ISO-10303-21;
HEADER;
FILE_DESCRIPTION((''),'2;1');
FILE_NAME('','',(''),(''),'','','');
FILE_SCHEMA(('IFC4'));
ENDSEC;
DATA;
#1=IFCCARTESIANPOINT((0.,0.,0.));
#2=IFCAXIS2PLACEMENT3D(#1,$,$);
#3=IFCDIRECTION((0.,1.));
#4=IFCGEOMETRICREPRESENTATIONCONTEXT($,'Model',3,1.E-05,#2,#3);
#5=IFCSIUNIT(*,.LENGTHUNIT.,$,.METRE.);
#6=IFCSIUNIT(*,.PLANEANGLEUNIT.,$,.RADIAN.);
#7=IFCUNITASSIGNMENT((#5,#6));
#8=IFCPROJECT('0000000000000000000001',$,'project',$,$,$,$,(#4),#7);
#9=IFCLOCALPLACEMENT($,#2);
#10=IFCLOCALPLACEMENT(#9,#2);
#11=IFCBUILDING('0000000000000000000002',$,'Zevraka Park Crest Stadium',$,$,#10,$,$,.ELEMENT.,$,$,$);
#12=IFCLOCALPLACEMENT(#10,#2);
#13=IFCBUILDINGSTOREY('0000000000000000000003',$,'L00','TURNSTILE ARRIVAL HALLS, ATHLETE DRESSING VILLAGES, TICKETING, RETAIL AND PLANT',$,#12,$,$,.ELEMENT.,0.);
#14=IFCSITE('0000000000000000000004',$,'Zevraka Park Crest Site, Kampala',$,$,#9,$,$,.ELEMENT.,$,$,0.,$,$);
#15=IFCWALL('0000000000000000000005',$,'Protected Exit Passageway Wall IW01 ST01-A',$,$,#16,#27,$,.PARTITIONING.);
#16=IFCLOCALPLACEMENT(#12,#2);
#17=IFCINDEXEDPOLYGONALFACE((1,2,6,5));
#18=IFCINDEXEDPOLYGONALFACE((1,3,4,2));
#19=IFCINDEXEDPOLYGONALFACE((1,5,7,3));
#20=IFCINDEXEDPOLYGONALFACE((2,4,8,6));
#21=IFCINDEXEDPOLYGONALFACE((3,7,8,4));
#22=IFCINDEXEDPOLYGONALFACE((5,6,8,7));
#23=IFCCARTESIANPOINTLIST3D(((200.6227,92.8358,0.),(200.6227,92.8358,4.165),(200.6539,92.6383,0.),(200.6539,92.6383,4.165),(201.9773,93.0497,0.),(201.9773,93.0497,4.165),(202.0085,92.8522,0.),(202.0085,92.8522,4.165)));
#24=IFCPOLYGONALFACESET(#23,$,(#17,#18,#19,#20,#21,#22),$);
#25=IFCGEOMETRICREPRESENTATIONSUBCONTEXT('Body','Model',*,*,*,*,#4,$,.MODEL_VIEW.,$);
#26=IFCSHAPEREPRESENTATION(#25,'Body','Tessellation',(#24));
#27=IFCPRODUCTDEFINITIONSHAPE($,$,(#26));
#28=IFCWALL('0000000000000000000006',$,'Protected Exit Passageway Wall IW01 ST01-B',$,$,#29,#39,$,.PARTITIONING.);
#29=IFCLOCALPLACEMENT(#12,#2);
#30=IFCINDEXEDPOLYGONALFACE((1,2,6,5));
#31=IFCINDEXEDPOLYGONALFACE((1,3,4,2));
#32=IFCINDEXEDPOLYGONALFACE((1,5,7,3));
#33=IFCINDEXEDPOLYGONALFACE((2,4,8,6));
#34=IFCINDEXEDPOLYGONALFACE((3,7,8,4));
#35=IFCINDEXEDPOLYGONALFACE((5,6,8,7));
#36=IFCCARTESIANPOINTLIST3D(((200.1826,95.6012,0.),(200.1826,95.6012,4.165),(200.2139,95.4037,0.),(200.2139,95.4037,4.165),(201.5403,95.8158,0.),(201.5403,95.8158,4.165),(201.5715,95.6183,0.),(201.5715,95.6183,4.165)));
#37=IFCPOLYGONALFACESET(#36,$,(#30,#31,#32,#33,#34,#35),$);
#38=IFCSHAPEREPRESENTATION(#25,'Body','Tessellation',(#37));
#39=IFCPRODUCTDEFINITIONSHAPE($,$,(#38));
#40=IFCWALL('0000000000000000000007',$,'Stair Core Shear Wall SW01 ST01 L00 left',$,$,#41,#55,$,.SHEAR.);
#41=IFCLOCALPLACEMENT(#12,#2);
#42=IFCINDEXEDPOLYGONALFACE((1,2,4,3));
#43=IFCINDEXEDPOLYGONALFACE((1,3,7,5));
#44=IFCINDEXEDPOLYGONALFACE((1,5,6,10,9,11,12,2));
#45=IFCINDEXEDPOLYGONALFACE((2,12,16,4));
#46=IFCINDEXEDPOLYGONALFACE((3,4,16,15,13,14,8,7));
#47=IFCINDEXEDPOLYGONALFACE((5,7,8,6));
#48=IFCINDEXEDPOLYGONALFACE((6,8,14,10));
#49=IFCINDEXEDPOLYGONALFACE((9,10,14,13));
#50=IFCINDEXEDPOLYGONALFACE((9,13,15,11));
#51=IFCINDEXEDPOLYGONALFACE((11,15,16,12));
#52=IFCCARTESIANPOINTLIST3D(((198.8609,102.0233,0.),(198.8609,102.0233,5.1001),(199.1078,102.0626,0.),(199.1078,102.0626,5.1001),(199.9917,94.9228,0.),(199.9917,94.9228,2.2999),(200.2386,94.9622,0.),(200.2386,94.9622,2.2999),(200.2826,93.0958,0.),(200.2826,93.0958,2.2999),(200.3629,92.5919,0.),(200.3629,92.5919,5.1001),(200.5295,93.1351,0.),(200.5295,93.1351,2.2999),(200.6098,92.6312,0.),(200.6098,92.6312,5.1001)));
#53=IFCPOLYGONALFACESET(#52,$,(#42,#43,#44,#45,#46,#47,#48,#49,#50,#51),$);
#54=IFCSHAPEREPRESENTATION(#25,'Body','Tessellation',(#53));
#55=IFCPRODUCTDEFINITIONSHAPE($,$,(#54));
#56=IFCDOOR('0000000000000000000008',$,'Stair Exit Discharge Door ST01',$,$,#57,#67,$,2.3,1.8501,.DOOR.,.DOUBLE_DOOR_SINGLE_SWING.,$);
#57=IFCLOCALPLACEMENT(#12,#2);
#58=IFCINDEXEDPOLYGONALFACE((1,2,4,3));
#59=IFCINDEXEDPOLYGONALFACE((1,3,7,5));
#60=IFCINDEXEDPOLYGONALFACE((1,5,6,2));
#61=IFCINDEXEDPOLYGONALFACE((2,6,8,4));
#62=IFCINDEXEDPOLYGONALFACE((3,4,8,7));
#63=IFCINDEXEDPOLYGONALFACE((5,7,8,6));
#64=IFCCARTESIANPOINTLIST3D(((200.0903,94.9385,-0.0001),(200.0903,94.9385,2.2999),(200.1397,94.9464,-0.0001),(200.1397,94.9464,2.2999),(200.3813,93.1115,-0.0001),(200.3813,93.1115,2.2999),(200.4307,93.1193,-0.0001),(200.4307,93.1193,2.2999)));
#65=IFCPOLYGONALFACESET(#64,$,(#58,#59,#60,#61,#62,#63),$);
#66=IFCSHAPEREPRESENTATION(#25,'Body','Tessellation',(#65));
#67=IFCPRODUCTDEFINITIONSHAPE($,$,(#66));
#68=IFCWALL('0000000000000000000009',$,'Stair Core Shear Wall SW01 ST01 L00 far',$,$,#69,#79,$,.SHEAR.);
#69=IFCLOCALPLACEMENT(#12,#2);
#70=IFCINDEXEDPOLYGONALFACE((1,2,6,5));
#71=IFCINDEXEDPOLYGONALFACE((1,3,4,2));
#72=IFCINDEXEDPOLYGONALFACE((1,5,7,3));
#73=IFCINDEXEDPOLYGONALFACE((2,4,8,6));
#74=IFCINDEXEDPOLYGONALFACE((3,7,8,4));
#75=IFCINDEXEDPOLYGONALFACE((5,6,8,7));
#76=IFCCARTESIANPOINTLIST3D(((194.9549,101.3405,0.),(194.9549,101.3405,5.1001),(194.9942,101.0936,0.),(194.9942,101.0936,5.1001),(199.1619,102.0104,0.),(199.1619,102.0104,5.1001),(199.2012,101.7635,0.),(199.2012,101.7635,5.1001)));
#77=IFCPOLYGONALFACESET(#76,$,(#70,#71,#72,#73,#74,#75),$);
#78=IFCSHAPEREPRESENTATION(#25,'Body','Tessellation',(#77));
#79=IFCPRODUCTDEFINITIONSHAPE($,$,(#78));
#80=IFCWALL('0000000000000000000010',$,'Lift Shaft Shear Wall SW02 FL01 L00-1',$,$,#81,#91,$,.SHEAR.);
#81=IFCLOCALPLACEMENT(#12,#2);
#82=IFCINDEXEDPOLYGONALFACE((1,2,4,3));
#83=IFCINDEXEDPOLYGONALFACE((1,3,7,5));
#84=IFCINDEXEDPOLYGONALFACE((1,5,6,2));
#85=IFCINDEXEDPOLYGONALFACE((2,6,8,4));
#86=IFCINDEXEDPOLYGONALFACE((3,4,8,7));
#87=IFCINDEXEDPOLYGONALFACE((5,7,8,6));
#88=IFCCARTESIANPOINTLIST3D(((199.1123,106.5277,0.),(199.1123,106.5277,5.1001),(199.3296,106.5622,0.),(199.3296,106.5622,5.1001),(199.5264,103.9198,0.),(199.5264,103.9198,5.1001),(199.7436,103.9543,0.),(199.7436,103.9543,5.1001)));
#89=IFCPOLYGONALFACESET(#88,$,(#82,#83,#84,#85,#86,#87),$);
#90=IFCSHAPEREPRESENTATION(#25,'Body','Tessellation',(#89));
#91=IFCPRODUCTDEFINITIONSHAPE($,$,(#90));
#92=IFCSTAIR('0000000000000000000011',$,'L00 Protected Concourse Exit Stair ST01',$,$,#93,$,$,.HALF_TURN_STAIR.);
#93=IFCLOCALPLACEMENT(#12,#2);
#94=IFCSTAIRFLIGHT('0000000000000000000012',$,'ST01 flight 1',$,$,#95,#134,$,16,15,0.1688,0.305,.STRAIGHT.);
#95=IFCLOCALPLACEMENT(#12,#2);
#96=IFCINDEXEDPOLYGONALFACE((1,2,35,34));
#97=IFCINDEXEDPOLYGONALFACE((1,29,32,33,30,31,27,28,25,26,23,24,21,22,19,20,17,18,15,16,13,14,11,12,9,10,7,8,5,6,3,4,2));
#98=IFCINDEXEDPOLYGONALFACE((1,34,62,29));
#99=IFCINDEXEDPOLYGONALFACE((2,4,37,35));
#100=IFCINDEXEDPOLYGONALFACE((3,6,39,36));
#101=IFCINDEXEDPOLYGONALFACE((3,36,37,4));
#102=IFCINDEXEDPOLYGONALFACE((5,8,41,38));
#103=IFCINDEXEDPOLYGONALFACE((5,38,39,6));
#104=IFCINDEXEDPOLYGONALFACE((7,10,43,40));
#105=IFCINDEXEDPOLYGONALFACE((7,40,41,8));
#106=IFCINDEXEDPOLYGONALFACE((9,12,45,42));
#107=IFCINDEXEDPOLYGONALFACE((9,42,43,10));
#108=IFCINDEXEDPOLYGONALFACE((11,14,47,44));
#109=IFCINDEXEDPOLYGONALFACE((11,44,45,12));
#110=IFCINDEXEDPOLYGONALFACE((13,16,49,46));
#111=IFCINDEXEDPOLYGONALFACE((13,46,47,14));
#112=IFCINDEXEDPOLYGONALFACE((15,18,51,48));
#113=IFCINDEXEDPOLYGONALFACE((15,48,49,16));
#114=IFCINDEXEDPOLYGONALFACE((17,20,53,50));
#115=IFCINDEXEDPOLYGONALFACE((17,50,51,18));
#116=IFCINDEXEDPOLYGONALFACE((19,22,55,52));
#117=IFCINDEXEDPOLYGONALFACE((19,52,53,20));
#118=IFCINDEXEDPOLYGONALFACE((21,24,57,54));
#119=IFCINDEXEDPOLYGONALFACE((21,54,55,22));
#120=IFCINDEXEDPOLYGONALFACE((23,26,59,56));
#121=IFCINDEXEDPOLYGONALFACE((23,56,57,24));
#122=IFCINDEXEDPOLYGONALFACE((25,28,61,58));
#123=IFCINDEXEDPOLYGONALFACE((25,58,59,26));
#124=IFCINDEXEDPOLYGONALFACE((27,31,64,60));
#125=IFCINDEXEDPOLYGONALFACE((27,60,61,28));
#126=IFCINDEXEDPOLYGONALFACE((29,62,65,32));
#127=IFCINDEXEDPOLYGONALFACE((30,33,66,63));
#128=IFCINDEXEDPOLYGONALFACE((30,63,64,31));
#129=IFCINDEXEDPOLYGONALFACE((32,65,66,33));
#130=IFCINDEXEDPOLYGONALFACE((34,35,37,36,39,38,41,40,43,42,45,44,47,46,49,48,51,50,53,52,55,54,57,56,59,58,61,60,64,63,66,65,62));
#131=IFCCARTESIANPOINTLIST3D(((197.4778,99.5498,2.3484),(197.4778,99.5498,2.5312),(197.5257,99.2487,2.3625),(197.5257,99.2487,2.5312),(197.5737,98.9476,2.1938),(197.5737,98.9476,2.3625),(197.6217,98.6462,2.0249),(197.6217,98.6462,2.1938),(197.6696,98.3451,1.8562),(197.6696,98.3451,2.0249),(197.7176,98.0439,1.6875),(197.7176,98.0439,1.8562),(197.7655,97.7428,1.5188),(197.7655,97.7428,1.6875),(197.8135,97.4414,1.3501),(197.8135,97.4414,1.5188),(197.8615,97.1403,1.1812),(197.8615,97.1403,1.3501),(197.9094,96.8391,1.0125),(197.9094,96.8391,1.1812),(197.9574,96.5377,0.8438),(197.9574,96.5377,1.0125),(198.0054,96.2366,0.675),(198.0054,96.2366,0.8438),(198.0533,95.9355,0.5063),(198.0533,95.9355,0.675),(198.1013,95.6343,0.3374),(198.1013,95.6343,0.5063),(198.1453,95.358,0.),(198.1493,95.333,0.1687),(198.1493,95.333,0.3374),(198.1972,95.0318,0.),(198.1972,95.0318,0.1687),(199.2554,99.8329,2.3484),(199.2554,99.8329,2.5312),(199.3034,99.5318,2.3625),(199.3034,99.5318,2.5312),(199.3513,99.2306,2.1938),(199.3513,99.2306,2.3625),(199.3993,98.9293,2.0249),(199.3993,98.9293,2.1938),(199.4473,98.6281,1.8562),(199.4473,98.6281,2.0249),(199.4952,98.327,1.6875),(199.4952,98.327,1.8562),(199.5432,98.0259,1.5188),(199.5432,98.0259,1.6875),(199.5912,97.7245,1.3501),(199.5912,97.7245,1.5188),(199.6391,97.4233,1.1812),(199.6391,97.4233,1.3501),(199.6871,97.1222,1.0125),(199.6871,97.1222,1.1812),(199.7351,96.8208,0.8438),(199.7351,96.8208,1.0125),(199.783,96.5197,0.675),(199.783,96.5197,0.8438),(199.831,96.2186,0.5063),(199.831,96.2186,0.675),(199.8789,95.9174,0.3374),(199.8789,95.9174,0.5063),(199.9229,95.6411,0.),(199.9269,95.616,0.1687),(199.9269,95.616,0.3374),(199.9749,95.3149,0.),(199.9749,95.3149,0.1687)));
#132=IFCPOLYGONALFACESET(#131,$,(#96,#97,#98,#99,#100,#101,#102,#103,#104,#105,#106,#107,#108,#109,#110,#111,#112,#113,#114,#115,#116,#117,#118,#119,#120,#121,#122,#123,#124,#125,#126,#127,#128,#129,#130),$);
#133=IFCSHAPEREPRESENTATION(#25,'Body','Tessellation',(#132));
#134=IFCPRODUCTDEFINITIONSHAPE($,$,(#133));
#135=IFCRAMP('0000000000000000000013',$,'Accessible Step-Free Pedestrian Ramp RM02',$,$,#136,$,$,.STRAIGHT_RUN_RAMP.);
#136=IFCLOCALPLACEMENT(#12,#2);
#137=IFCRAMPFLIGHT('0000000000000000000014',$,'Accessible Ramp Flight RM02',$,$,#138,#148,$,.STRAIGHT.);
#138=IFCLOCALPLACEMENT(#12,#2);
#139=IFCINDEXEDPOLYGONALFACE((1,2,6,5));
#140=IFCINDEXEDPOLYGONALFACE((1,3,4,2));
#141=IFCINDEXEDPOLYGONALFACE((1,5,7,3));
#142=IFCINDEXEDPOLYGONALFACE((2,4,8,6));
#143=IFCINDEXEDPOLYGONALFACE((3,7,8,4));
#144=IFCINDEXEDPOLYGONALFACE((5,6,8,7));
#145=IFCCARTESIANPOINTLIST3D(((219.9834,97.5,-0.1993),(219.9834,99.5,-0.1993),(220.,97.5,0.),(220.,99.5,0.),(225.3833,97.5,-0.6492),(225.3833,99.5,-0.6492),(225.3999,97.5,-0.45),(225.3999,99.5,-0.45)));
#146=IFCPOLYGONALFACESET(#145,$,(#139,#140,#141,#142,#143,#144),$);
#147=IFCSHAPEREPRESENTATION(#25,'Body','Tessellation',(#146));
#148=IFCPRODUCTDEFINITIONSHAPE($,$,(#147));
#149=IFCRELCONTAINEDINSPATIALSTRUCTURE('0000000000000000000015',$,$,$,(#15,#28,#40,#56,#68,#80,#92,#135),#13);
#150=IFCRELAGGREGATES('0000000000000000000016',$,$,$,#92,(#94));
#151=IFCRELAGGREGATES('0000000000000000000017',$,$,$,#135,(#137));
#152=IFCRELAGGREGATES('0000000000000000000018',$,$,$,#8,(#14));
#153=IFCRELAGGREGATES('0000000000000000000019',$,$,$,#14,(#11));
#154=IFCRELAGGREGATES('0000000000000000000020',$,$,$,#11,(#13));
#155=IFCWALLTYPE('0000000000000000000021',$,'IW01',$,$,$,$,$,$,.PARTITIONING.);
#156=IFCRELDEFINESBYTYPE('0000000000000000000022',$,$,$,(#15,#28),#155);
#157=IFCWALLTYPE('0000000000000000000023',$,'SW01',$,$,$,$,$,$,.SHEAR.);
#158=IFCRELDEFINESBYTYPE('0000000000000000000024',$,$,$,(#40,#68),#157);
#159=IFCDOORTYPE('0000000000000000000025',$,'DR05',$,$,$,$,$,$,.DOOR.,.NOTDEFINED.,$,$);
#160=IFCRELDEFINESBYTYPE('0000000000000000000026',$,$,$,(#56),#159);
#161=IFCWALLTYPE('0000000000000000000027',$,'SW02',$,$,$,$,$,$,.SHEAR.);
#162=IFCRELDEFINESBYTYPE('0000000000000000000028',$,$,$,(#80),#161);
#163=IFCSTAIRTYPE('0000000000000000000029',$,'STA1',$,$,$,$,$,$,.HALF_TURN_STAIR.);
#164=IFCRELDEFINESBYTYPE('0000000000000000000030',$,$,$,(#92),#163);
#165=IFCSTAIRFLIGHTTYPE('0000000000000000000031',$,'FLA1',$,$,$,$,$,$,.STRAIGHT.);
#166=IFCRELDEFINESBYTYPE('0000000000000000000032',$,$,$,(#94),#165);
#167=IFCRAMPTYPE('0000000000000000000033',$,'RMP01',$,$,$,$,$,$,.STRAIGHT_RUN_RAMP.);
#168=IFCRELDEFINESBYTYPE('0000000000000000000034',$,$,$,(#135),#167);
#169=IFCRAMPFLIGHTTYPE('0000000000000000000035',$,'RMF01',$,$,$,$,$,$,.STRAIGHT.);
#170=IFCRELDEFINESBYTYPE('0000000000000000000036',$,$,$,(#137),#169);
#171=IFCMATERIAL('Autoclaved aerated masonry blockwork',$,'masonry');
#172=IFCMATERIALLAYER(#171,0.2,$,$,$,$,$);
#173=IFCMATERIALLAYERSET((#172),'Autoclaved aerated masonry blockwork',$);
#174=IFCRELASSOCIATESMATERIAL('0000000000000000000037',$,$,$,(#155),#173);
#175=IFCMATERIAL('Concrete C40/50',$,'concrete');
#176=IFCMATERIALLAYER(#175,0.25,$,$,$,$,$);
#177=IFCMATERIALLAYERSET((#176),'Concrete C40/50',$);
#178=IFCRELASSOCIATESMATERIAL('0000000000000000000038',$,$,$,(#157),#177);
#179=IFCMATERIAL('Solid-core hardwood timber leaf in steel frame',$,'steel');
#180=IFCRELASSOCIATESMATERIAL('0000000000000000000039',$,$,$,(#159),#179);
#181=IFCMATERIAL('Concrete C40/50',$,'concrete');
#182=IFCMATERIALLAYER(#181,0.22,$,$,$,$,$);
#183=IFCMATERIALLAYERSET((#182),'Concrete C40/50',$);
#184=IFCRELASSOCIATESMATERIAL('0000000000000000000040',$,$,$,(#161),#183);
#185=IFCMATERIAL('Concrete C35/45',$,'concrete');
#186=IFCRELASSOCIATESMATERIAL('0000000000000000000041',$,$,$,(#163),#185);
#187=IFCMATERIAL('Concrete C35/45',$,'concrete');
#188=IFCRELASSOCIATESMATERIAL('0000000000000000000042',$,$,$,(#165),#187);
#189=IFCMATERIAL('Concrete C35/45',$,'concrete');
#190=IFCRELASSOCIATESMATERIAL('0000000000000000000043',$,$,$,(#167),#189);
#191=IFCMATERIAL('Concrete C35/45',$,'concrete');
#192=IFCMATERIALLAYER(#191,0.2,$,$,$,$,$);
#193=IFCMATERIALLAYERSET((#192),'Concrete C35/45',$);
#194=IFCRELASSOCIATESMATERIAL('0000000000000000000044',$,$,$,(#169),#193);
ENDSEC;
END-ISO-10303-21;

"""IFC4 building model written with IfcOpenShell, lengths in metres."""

from ifc_helpers import new_model, si_unit, direction, frame, frame_2d, origin, place, context, subcontext, project, spatial, polyline, rectangle, outline, extrude, material, layer, layer_set, type_object, element, fill, aggregate, save


model = new_model("IFC4")

# Units and contexts
model_context = context("Model", 3, precision=1e-05, world=origin(), true_north=direction((0.0, 1.0)))
body_context = subcontext(model_context, "Body", "Model", "MODEL_VIEW")
ifc_project = project(units=[si_unit("LENGTHUNIT", "METRE"), si_unit("PLANEANGLEUNIT", "RADIAN")], contexts=[model_context])

# Site, building, storey
site_placement = place(None, origin())
site = spatial("IfcSite", under=ifc_project, at=site_placement, Name="Zevraka Park Crest Site, Kampala", CompositionType="ELEMENT", RefElevation=0.0)
building_placement = place(site_placement, origin())
building = spatial("IfcBuilding", under=site, at=building_placement, Name="Zevraka Park Crest Stadium", CompositionType="ELEMENT")
storey_placement = place(building_placement, origin())
storey = spatial("IfcBuildingStorey", under=building, at=storey_placement, Name="L00", Description="TURNSTILE ARRIVAL HALLS, ATHLETE DRESSING VILLAGES, TICKETING, RETAIL AND PLANT", CompositionType="ELEMENT", Elevation=0.0)

# Walls
ifc_material_1 = material(Name="Autoclaved aerated masonry blockwork", Category="masonry")
ifc_layer_1 = layer(ifc_material_1, 0.2)
ifc_layer_set_1 = layer_set([ifc_layer_1], Name="Autoclaved aerated masonry blockwork")
wall_type_1 = type_object("IfcWallType", Name="IW01", PredefinedType="PARTITIONING", material=ifc_layer_set_1)
wall_1_placement = place(storey_placement, frame((200.6384, 92.7371, 0.0), z_axis=(0.0, 0.0, 1.0), x_axis=(0.987763, 0.155963, 0.0)))
element("IfcWall", 1, at=wall_1_placement, inside=storey, type_object=wall_type_1, Name="Protected Exit Passageway Wall IW01 ST01-A", PredefinedType="PARTITIONING", context=body_context, shape_type="SweptSolid", body=[
    extrude(rectangle(XDim=1.3713, YDim=0.2, at=frame_2d((0.6855, 0.0))), origin(), (0.0, 0.0, 1.0), 4.165),
])
wall_2_placement = place(storey_placement, frame((200.1982, 95.5024, 0.0), z_axis=(0.0, 0.0, 1.0), x_axis=(0.987737, 0.156127, 0.0)))
element("IfcWall", 2, at=wall_2_placement, inside=storey, type_object=wall_type_1, Name="Protected Exit Passageway Wall IW01 ST01-B", PredefinedType="PARTITIONING", context=body_context, shape_type="SweptSolid", body=[
    extrude(rectangle(XDim=1.3745, YDim=0.2, at=frame_2d((0.6873, 0.0))), origin(), (0.0, 0.0, 1.0), 4.165),
])

# Wall, opening, door
ifc_material_2 = material(Name="Concrete C40/50", Category="concrete")
ifc_layer_2 = layer(ifc_material_2, 0.25)
ifc_layer_set_2 = layer_set([ifc_layer_2], Name="Concrete C40/50")
wall_type_2 = type_object("IfcWallType", Name="SW01", PredefinedType="SHEAR", material=ifc_layer_set_2)
wall_3_placement = place(storey_placement, frame((198.9844, 102.043, 0.0), z_axis=(0.0, 0.0, 1.0), x_axis=(0.157269, -0.987556, 0.0)))
wall_3 = element("IfcWall", 3, at=wall_3_placement, inside=storey, type_object=wall_type_2, Name="Stair Core Shear Wall SW01 ST01 L00 left", PredefinedType="SHEAR", context=body_context, shape_type="SweptSolid", body=[
    extrude(rectangle(XDim=9.5503, YDim=0.25, at=frame_2d((4.7751, 0.0))), origin(), (0.0, 0.0, 1.0), 5.1001),
])
opening_1_placement = place(wall_3_placement, frame((7.1899, 0.0, 0.0)))
opening_1 = element("IfcOpeningElement", 4, at=opening_1_placement, cuts=wall_3, PredefinedType="OPENING", context=body_context, shape_type="SweptSolid", body=[
    extrude(rectangle(XDim=1.8501, YDim=2.3, at=frame_2d((0.925, 1.1499))), frame((0.0, 0.135, 0.0), z_axis=(0.0, -1.0, 0.0), x_axis=(1.0, 0.0, 0.0)), (0.0, 0.0, 1.0), 0.27),
])
ifc_material_3 = material(Name="Solid-core hardwood timber leaf in steel frame", Category="steel")
door_type_1 = type_object("IfcDoorType", Name="DR05", OperationType="NOTDEFINED", PredefinedType="DOOR", material=ifc_material_3)
door_1_placement = place(opening_1_placement, origin())
door_1 = element("IfcDoor", 5, at=door_1_placement, inside=storey, type_object=door_type_1, Name="Stair Exit Discharge Door ST01", OperationType="DOUBLE_DOOR_SINGLE_SWING", OverallHeight=2.3, OverallWidth=1.8501, PredefinedType="DOOR", context=body_context, shape_type="SweptSolid", body=[
    extrude(rectangle(XDim=1.8501, YDim=2.3, at=frame_2d((0.925, 1.1499))), frame((0.0, 0.0249, 0.0), z_axis=(0.0, -1.0, 0.0), x_axis=(1.0, 0.0, 0.0)), (0.0, 0.0, 1.0), 0.05),
])
fill(opening_1, door_1)

# Walls
wall_4_placement = place(storey_placement, frame((199.1814, 101.887, 0.0), z_axis=(0.0, 0.0, 1.0), x_axis=(-0.987558, -0.157257, 0.0)))
element("IfcWall", 6, at=wall_4_placement, inside=storey, type_object=wall_type_2, Name="Stair Core Shear Wall SW01 ST01 L00 far", PredefinedType="SHEAR", context=body_context, shape_type="SweptSolid", body=[
    extrude(rectangle(XDim=4.26, YDim=0.25, at=frame_2d((2.1299, 0.0))), origin(), (0.0, 0.0, 1.0), 5.1001),
])
ifc_material_4 = material(Name="Concrete C40/50", Category="concrete")
ifc_layer_3 = layer(ifc_material_4, 0.22)
ifc_layer_set_3 = layer_set([ifc_layer_3], Name="Concrete C40/50")
wall_type_3 = type_object("IfcWallType", Name="SW02", PredefinedType="SHEAR", material=ifc_layer_set_3)
wall_5_placement = place(storey_placement, frame((199.635, 103.937, 0.0), z_axis=(0.0, 0.0, 1.0), x_axis=(-0.156808, 0.987629, 0.0)))
element("IfcWall", 7, at=wall_5_placement, inside=storey, type_object=wall_type_3, Name="Lift Shaft Shear Wall SW02 FL01 L00-1", PredefinedType="SHEAR", context=body_context, shape_type="SweptSolid", body=[
    extrude(rectangle(XDim=2.6406, YDim=0.22, at=frame_2d((1.3203, 0.0))), origin(), (0.0, 0.0, 1.0), 5.1001),
])

# Stair, stair flight
ifc_material_5 = material(Name="Concrete C35/45", Category="concrete")
stair_type = type_object("IfcStairType", Name="STA1", PredefinedType="HALF_TURN_STAIR", material=ifc_material_5)
stair_placement = place(storey_placement, origin())
stair = element("IfcStair", 8, at=stair_placement, inside=storey, type_object=stair_type, Name="L00 Protected Concourse Exit Stair ST01", PredefinedType="HALF_TURN_STAIR")
ifc_material_6 = material(Name="Concrete C35/45", Category="concrete")
stair_flight_type = type_object("IfcStairFlightType", Name="FLA1", PredefinedType="STRAIGHT", material=ifc_material_6)
stair_flight_placement = place(storey_placement, frame((199.0859, 95.1733, 0.0), z_axis=(0.0, 0.0, 1.0), x_axis=(-0.157262, 0.987557, 0.0)))
stair_flight = element("IfcStairFlight", 9, at=stair_flight_placement, type_object=stair_flight_type, Name="ST01 flight 1", NumberOfRisers=16, NumberOfTreads=15, PredefinedType="STRAIGHT", RiserHeight=0.1688, TreadLength=0.305, context=body_context, shape_type="SweptSolid", body=[
    extrude(outline(polyline([(0.0, 0.0), (0.0, 0.1687), (0.3049, 0.1687), (0.3049, 0.3374), (0.6101, 0.3374), (0.6101, 0.5063), (0.915, 0.5063), (0.915, 0.675), (1.22, 0.675), (1.22, 0.8438), (1.5249, 0.8438), (1.5249, 1.0125), (1.8301, 1.0125), (1.8301, 1.1812), (2.135, 1.1812), (2.135, 1.3501), (2.4399, 1.3501), (2.4399, 1.5188), (2.7451, 1.5188), (2.7451, 1.6875), (3.05, 1.6875), (3.05, 1.8562), (3.355, 1.8562), (3.355, 2.0249), (3.6599, 2.0249), (3.6599, 2.1938), (3.9651, 2.1938), (3.9651, 2.3625), (4.27, 2.3625), (4.27, 2.5312), (4.575, 2.5312), (4.575, 2.7), (4.575, 2.3484), (0.3303, 0.0), (0.0, 0.0)])), frame((0.0, 0.8999, 0.0), z_axis=(0.0, -1.0, 0.0), x_axis=(1.0, 0.0, 0.0)), (0.0, 0.0, 1.0), 1.8),
])
aggregate(stair, [stair_flight])

# Ramp, ramp flight
ifc_material_7 = material(Name="Concrete C35/45", Category="concrete")
ramp_type = type_object("IfcRampType", Name="RMP01", PredefinedType="STRAIGHT_RUN_RAMP", material=ifc_material_7)
ramp_placement = place(storey_placement, origin())
ramp = element("IfcRamp", 10, at=ramp_placement, inside=storey, type_object=ramp_type, Name="Accessible Step-Free Pedestrian Ramp RM02", PredefinedType="STRAIGHT_RUN_RAMP")
ifc_material_8 = material(Name="Concrete C35/45", Category="concrete")
ifc_layer_4 = layer(ifc_material_8, 0.2)
ifc_layer_set_4 = layer_set([ifc_layer_4], Name="Concrete C35/45")
ramp_flight_type = type_object("IfcRampFlightType", Name="RMF01", PredefinedType="STRAIGHT", material=ifc_layer_set_4)
ramp_flight_placement = place(storey_placement, frame((225.3999, 99.5, -0.45), z_axis=(0.083038, 0.0, 0.996546), x_axis=(-0.996546, 0.0, 0.083038)))
ramp_flight = element("IfcRampFlight", 11, at=ramp_flight_placement, type_object=ramp_flight_type, Name="Accessible Ramp Flight RM02", PredefinedType="STRAIGHT", context=body_context, shape_type="SweptSolid", body=[
    extrude(outline(polyline([(0.0, 0.0), (5.4186, 0.0), (5.4186, 2.0), (0.0, 2.0), (0.0, 0.0)])), origin(), (0.0, 0.0, -1.0), 0.2),
])
aggregate(ramp, [ramp_flight])

save(model, "model.ifc")
